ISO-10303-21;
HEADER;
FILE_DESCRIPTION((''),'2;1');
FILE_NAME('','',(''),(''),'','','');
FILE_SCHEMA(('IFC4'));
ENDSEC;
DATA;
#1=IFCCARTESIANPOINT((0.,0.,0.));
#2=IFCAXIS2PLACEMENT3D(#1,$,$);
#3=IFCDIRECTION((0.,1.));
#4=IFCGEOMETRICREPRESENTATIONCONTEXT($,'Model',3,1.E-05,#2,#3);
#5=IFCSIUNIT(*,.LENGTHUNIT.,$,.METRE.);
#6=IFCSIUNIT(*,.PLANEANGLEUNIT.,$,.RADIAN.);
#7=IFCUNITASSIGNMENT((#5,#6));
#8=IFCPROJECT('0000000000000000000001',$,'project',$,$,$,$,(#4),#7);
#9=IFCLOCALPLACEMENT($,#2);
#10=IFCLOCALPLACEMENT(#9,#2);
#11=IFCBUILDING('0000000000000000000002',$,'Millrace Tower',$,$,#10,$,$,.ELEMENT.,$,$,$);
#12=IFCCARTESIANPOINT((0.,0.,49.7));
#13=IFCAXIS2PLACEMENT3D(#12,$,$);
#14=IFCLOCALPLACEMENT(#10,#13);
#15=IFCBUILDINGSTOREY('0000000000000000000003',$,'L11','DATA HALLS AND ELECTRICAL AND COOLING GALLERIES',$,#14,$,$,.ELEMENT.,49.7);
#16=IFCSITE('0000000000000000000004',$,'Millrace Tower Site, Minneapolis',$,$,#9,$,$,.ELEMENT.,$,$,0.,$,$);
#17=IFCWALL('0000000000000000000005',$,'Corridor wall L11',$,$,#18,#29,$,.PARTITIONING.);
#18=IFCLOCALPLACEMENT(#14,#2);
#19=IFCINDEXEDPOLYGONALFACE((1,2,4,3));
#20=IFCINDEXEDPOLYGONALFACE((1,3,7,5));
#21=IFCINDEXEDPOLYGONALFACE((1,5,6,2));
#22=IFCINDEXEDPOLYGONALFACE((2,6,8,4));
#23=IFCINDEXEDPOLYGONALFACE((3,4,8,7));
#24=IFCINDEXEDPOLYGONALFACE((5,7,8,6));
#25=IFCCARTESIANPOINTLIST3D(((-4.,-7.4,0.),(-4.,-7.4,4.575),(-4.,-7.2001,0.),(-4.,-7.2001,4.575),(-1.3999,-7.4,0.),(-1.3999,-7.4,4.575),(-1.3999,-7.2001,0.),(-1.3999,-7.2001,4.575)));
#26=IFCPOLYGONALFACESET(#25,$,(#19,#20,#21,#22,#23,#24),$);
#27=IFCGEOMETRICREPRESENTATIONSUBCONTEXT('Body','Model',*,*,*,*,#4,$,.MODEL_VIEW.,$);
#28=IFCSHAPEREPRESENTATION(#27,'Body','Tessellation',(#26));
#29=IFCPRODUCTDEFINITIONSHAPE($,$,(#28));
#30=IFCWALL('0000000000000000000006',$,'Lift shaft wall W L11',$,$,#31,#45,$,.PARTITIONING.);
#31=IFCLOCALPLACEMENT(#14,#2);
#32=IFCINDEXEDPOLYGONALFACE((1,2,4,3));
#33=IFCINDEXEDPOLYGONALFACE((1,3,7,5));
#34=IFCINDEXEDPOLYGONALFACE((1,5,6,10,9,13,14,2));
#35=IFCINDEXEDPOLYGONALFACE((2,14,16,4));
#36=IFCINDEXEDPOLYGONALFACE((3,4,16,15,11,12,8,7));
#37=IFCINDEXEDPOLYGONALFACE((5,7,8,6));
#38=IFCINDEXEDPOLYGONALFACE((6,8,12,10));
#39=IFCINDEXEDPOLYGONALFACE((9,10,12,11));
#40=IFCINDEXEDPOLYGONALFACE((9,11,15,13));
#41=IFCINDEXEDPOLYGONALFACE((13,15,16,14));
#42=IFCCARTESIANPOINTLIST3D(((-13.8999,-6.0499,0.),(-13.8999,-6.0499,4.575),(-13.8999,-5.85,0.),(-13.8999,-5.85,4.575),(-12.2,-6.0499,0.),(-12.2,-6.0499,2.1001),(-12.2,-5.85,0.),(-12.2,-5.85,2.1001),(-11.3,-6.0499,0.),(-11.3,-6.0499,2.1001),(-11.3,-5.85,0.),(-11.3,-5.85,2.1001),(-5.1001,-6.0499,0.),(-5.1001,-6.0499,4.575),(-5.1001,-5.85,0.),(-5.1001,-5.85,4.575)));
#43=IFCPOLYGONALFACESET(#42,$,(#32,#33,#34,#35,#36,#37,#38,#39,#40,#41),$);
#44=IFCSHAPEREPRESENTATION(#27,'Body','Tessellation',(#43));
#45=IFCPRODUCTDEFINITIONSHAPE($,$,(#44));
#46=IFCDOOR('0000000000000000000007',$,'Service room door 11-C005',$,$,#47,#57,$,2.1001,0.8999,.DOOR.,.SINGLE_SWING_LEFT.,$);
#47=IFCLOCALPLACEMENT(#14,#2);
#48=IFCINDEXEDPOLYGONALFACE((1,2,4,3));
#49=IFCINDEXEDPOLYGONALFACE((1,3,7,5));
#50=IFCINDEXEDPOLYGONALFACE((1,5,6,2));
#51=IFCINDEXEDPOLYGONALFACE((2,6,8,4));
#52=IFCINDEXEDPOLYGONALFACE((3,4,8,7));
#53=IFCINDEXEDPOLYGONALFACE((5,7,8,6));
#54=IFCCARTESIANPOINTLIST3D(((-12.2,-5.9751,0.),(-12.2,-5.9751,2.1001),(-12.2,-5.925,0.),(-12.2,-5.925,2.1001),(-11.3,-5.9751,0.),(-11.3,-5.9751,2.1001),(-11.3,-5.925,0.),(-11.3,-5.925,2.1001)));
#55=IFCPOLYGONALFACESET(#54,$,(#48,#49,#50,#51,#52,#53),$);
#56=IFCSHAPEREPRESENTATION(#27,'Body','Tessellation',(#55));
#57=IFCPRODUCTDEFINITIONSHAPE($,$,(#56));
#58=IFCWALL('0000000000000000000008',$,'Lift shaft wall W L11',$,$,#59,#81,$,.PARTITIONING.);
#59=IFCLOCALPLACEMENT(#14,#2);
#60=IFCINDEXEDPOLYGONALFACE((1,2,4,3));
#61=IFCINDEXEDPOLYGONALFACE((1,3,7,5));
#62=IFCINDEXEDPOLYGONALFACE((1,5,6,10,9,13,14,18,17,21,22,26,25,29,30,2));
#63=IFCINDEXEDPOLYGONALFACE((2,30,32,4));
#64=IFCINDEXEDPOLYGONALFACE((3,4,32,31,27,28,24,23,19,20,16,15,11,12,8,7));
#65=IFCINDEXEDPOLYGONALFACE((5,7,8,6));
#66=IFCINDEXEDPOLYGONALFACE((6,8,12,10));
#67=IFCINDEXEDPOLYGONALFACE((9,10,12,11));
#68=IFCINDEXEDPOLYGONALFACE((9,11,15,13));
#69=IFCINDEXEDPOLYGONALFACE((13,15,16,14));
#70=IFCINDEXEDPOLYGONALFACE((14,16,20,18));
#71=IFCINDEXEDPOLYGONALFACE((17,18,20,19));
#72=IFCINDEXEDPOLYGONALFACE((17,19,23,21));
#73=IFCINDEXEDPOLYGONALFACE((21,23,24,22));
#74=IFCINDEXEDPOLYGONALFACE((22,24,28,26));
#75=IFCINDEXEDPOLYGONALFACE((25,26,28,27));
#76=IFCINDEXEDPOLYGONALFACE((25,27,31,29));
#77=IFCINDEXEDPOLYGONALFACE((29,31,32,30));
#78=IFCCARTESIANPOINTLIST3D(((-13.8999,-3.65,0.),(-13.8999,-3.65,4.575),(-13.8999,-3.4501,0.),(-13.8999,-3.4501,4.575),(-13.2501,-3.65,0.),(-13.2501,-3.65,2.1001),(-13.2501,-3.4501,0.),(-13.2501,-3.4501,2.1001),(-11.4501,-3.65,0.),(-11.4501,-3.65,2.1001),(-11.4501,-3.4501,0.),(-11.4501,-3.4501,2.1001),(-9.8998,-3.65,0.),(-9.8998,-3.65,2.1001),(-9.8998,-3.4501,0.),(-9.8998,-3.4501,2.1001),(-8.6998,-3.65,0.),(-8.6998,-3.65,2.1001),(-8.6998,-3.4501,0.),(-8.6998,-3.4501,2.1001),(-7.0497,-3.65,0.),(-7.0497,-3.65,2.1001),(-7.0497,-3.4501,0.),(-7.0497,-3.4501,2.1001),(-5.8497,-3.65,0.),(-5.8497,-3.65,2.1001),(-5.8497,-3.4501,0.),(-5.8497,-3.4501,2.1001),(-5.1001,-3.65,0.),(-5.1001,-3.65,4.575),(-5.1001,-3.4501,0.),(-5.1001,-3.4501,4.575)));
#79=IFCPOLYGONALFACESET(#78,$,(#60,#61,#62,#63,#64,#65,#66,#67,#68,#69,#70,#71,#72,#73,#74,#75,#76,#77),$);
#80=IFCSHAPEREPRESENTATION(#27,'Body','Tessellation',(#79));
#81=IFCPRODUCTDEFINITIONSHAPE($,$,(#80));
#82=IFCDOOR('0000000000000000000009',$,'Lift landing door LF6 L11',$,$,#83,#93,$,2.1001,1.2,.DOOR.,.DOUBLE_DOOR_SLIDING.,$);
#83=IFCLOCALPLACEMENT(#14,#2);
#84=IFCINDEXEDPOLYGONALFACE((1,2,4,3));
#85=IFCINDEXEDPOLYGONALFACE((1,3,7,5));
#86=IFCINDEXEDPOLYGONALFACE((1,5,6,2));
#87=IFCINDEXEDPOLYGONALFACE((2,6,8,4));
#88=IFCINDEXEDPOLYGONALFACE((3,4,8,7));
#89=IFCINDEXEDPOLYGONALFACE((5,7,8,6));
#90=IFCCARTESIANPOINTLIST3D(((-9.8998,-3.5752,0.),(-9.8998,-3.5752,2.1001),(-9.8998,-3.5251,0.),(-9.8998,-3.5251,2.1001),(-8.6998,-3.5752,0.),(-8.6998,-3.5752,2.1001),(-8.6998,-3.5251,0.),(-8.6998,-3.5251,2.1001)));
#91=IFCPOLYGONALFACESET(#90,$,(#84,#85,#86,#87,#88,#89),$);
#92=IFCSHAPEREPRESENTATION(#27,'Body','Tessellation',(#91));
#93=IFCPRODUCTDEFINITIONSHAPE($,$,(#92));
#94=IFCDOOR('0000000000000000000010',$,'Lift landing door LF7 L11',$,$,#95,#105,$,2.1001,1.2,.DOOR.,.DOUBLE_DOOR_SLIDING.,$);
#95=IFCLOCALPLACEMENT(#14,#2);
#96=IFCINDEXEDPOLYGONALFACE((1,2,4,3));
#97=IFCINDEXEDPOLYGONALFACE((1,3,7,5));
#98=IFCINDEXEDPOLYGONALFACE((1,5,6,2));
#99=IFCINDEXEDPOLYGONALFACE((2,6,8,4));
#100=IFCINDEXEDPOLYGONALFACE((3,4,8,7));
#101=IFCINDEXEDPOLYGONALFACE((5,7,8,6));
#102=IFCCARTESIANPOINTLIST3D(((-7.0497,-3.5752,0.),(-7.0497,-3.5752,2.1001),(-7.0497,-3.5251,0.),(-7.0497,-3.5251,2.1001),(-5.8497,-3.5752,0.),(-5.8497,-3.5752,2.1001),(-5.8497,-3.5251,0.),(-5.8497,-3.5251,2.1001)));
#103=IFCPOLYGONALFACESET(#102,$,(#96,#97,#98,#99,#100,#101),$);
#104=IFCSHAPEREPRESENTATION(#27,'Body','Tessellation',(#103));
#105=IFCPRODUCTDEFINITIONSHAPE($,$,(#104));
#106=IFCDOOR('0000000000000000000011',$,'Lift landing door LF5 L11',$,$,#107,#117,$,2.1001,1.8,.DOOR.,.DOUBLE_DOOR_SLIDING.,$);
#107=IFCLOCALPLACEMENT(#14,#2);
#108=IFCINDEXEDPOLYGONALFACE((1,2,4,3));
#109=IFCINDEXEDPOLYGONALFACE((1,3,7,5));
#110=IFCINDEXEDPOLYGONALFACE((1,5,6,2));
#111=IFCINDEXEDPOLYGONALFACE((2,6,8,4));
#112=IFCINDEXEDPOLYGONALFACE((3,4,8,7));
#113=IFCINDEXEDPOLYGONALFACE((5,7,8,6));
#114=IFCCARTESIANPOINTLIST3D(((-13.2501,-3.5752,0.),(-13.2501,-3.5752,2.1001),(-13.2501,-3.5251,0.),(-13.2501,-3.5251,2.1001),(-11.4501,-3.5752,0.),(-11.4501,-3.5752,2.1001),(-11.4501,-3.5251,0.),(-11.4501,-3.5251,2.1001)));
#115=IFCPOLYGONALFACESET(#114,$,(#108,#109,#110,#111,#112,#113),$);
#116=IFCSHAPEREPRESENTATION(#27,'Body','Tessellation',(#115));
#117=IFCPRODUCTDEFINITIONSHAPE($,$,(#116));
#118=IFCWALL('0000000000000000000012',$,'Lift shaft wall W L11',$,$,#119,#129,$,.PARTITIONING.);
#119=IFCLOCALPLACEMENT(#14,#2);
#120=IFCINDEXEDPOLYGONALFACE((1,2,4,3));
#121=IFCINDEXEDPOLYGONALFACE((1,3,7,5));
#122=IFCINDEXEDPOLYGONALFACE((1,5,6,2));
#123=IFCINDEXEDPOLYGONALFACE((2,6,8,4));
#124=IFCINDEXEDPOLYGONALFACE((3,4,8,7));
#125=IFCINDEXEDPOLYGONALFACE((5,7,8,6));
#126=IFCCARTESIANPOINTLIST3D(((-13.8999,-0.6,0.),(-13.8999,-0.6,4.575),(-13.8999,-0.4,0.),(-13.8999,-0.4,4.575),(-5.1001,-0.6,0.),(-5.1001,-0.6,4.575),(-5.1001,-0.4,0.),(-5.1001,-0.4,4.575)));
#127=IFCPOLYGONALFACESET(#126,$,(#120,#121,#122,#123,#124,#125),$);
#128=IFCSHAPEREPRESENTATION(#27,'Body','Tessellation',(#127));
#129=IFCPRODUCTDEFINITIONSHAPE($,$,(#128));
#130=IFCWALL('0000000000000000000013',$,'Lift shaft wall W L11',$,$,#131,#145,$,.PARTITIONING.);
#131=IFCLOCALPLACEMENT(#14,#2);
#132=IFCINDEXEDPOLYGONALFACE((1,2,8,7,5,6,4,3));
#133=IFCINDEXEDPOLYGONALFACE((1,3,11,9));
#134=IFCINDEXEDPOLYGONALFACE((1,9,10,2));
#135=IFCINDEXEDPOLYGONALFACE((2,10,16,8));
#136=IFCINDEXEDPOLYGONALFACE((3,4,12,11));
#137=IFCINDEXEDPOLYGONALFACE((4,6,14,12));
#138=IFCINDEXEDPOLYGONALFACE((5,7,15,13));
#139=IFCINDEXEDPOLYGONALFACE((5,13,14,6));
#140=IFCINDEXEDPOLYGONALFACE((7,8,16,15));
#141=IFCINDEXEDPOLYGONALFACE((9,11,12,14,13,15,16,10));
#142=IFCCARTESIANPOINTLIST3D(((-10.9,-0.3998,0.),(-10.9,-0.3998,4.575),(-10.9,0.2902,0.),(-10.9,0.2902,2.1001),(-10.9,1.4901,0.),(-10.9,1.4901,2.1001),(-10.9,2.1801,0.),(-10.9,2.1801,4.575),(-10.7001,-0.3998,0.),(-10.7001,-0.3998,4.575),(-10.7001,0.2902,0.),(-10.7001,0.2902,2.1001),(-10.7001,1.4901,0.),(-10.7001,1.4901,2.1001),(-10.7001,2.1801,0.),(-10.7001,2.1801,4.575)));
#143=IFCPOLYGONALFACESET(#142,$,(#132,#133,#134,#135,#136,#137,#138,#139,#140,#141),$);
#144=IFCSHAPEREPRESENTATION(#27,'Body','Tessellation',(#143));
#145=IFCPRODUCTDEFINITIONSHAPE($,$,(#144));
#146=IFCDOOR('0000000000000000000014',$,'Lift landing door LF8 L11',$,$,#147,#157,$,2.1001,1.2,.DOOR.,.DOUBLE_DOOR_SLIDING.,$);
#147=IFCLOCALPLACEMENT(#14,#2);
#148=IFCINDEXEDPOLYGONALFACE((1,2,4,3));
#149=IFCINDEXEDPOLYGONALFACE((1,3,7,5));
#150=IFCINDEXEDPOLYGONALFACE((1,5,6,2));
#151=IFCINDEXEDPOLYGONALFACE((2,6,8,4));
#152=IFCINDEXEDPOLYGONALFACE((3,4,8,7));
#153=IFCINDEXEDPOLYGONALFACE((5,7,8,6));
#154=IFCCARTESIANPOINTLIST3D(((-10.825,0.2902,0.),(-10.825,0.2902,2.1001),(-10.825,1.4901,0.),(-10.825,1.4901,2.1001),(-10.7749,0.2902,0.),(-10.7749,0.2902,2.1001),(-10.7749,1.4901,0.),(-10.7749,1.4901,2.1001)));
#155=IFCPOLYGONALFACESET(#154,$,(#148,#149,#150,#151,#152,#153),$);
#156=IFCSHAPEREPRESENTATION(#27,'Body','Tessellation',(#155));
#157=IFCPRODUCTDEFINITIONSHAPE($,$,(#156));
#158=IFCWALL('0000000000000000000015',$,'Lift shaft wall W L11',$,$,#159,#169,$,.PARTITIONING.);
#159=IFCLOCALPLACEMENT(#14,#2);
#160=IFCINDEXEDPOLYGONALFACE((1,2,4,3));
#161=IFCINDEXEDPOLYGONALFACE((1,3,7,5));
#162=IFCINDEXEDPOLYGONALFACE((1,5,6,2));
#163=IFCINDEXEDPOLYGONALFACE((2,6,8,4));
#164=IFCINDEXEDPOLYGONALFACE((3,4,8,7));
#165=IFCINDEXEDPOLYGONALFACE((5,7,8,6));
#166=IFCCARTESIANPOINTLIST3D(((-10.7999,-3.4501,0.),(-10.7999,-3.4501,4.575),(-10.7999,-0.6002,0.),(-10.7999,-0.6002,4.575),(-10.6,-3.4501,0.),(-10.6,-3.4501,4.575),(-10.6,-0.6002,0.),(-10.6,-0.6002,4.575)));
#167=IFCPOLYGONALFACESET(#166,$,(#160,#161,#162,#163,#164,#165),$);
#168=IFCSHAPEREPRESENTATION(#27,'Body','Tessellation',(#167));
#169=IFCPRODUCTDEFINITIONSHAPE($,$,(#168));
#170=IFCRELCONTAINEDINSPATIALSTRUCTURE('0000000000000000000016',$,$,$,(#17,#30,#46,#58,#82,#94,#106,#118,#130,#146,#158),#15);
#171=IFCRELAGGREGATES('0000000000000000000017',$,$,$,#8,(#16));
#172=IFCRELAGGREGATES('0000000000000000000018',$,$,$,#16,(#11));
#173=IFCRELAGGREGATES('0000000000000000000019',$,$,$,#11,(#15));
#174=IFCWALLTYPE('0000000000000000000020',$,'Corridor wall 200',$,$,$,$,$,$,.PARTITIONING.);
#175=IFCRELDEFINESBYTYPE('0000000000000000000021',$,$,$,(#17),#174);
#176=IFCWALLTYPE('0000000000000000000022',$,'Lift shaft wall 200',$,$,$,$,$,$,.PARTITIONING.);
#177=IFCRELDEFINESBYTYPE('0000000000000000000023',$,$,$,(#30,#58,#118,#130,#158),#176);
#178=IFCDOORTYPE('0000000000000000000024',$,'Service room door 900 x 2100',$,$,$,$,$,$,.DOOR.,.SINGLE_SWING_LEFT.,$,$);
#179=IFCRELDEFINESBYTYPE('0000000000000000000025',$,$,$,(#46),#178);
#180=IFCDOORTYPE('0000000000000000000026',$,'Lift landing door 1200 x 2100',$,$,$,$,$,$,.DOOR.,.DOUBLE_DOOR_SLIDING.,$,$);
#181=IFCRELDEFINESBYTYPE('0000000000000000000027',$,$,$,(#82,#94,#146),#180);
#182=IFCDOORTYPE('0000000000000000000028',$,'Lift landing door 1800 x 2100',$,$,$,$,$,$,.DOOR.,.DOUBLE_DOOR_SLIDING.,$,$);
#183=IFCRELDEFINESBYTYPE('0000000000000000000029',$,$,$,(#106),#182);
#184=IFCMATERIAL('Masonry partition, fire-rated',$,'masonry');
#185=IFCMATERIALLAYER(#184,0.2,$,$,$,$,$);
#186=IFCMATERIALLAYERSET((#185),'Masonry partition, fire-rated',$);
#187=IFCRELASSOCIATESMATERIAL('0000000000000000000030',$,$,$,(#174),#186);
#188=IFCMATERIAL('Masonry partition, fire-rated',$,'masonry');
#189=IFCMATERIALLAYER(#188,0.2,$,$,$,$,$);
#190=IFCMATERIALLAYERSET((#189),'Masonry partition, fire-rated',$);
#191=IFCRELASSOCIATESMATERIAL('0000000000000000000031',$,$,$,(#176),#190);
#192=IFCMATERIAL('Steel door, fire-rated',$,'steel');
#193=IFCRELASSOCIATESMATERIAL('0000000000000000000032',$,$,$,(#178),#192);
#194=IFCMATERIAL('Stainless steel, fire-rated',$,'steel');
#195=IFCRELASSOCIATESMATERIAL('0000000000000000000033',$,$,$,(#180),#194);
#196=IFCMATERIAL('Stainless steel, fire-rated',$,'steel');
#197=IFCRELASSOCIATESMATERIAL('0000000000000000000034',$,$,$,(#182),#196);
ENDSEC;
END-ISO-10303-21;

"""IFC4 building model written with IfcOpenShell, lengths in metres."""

from ifc_helpers import new_model, si_unit, direction, frame, frame_2d, origin, place, context, subcontext, project, spatial, rectangle, extrude, material, layer, layer_set, type_object, element, fill, save


model = new_model("IFC4")

# Units and contexts
model_context = context("Model", 3, precision=1e-05, world=origin(), true_north=direction((0.0, 1.0)))
body_context = subcontext(model_context, "Body", "Model", "MODEL_VIEW")
ifc_project = project(units=[si_unit("LENGTHUNIT", "METRE"), si_unit("PLANEANGLEUNIT", "RADIAN")], contexts=[model_context])

# Site, building, storey
site_placement = place(None, origin())
site = spatial("IfcSite", under=ifc_project, at=site_placement, Name="Millrace Tower Site, Minneapolis", CompositionType="ELEMENT", RefElevation=0.0)
building_placement = place(site_placement, origin())
building = spatial("IfcBuilding", under=site, at=building_placement, Name="Millrace Tower", CompositionType="ELEMENT")
storey_placement = place(building_placement, frame((0.0, 0.0, 49.7)))
storey = spatial("IfcBuildingStorey", under=building, at=storey_placement, Name="L11", Description="DATA HALLS AND ELECTRICAL AND COOLING GALLERIES", CompositionType="ELEMENT", Elevation=49.7)

# Wall
ifc_material_1 = material(Name="Masonry partition, fire-rated", Category="masonry")
ifc_layer_1 = layer(ifc_material_1, 0.2)
ifc_layer_set_1 = layer_set([ifc_layer_1], Name="Masonry partition, fire-rated")
wall_type_1 = type_object("IfcWallType", Name="Corridor wall 200", PredefinedType="PARTITIONING", material=ifc_layer_set_1)
wall_1_placement = place(storey_placement, frame((-4.0, -7.3, 0.0), z_axis=(0.0, 0.0, 1.0), x_axis=(1.0, 0.0, 0.0)))
element("IfcWall", 1, at=wall_1_placement, inside=storey, type_object=wall_type_1, Name="Corridor wall L11", PredefinedType="PARTITIONING", context=body_context, shape_type="SweptSolid", body=[
    extrude(rectangle(XDim=2.6001, YDim=0.2, at=frame_2d((1.3, 0.0))), origin(), (0.0, 0.0, 1.0), 4.575),
])

# Wall, opening, door
ifc_material_2 = material(Name="Masonry partition, fire-rated", Category="masonry")
ifc_layer_2 = layer(ifc_material_2, 0.2)
ifc_layer_set_2 = layer_set([ifc_layer_2], Name="Masonry partition, fire-rated")
wall_type_2 = type_object("IfcWallType", Name="Lift shaft wall 200", PredefinedType="PARTITIONING", material=ifc_layer_set_2)
wall_2_placement = place(storey_placement, frame((-13.8999, -5.95, 0.0), z_axis=(0.0, 0.0, 1.0), x_axis=(1.0, 0.0, 0.0)))
wall_2 = element("IfcWall", 2, at=wall_2_placement, inside=storey, type_object=wall_type_2, Name="Lift shaft wall W L11", PredefinedType="PARTITIONING", context=body_context, shape_type="SweptSolid", body=[
    extrude(rectangle(XDim=8.7998, YDim=0.2, at=frame_2d((4.3999, 0.0))), origin(), (0.0, 0.0, 1.0), 4.575),
])
opening_1_placement = place(wall_2_placement, frame((1.7, 0.0, 0.0)))
opening_1 = element("IfcOpeningElement", 3, at=opening_1_placement, cuts=wall_2, PredefinedType="OPENING", context=body_context, shape_type="SweptSolid", body=[
    extrude(rectangle(XDim=0.8999, YDim=2.1001, at=frame_2d((0.45, 1.05))), frame((0.0, 0.1099, 0.0), z_axis=(0.0, -1.0, 0.0), x_axis=(1.0, 0.0, 0.0)), (0.0, 0.0, 1.0), 0.22),
])
ifc_material_3 = material(Name="Steel door, fire-rated", Category="steel")
door_type_1 = type_object("IfcDoorType", Name="Service room door 900 x 2100", OperationType="SINGLE_SWING_LEFT", PredefinedType="DOOR", material=ifc_material_3)
door_1_placement = place(opening_1_placement, origin())
door_1 = element("IfcDoor", 4, at=door_1_placement, inside=storey, type_object=door_type_1, Name="Service room door 11-C005", OperationType="SINGLE_SWING_LEFT", OverallHeight=2.1001, OverallWidth=0.8999, PredefinedType="DOOR", context=body_context, shape_type="SweptSolid", body=[
    extrude(rectangle(XDim=0.8999, YDim=2.1001, at=frame_2d((0.45, 1.05))), frame((0.0, 0.0249, 0.0), z_axis=(0.0, -1.0, 0.0), x_axis=(1.0, 0.0, 0.0)), (0.0, 0.0, 1.0), 0.05),
])
fill(opening_1, door_1)

# Wall, openings, doors
wall_3_placement = place(storey_placement, frame((-13.8999, -3.55, 0.0), z_axis=(0.0, 0.0, 1.0), x_axis=(1.0, 0.0, 0.0)))
wall_3 = element("IfcWall", 5, at=wall_3_placement, inside=storey, type_object=wall_type_2, Name="Lift shaft wall W L11", PredefinedType="PARTITIONING", context=body_context, shape_type="SweptSolid", body=[
    extrude(rectangle(XDim=8.7998, YDim=0.2, at=frame_2d((4.3999, 0.0))), origin(), (0.0, 0.0, 1.0), 4.575),
])
opening_2_placement = place(wall_3_placement, frame((0.6499, 0.0, 0.0)))
opening_2 = element("IfcOpeningElement", 6, at=opening_2_placement, cuts=wall_3, PredefinedType="OPENING", context=body_context, shape_type="SweptSolid", body=[
    extrude(rectangle(XDim=1.8, YDim=2.1001, at=frame_2d((0.8999, 1.05))), frame((0.0, 0.1099, 0.0), z_axis=(0.0, -1.0, 0.0), x_axis=(1.0, 0.0, 0.0)), (0.0, 0.0, 1.0), 0.22),
])
opening_3_placement = place(wall_3_placement, frame((4.0, 0.0, 0.0)))
opening_3 = element("IfcOpeningElement", 7, at=opening_3_placement, cuts=wall_3, PredefinedType="OPENING", context=body_context, shape_type="SweptSolid", body=[
    extrude(rectangle(XDim=1.2, YDim=2.1001, at=frame_2d((0.6001, 1.05))), frame((0.0, 0.1099, 0.0), z_axis=(0.0, -1.0, 0.0), x_axis=(1.0, 0.0, 0.0)), (0.0, 0.0, 1.0), 0.22),
])
opening_4_placement = place(wall_3_placement, frame((6.8501, 0.0, 0.0)))
opening_4 = element("IfcOpeningElement", 8, at=opening_4_placement, cuts=wall_3, PredefinedType="OPENING", context=body_context, shape_type="SweptSolid", body=[
    extrude(rectangle(XDim=1.2, YDim=2.1001, at=frame_2d((0.6001, 1.05))), frame((0.0, 0.1099, 0.0), z_axis=(0.0, -1.0, 0.0), x_axis=(1.0, 0.0, 0.0)), (0.0, 0.0, 1.0), 0.22),
])
ifc_material_4 = material(Name="Stainless steel, fire-rated", Category="steel")
door_type_2 = type_object("IfcDoorType", Name="Lift landing door 1200 x 2100", OperationType="DOUBLE_DOOR_SLIDING", PredefinedType="DOOR", material=ifc_material_4)
door_2_placement = place(opening_3_placement, origin())
door_2 = element("IfcDoor", 9, at=door_2_placement, inside=storey, type_object=door_type_2, Name="Lift landing door LF6 L11", OperationType="DOUBLE_DOOR_SLIDING", OverallHeight=2.1001, OverallWidth=1.2, PredefinedType="DOOR", context=body_context, shape_type="SweptSolid", body=[
    extrude(rectangle(XDim=1.2, YDim=2.1001, at=frame_2d((0.6001, 1.05))), frame((0.0, 0.0249, 0.0), z_axis=(0.0, -1.0, 0.0), x_axis=(1.0, 0.0, 0.0)), (0.0, 0.0, 1.0), 0.05),
])
fill(opening_3, door_2)
door_3_placement = place(opening_4_placement, origin())
door_3 = element("IfcDoor", 10, at=door_3_placement, inside=storey, type_object=door_type_2, Name="Lift landing door LF7 L11", OperationType="DOUBLE_DOOR_SLIDING", OverallHeight=2.1001, OverallWidth=1.2, PredefinedType="DOOR", context=body_context, shape_type="SweptSolid", body=[
    extrude(rectangle(XDim=1.2, YDim=2.1001, at=frame_2d((0.6001, 1.05))), frame((0.0, 0.0249, 0.0), z_axis=(0.0, -1.0, 0.0), x_axis=(1.0, 0.0, 0.0)), (0.0, 0.0, 1.0), 0.05),
])
fill(opening_4, door_3)
ifc_material_5 = material(Name="Stainless steel, fire-rated", Category="steel")
door_type_3 = type_object("IfcDoorType", Name="Lift landing door 1800 x 2100", OperationType="DOUBLE_DOOR_SLIDING", PredefinedType="DOOR", material=ifc_material_5)
door_4_placement = place(opening_2_placement, origin())
door_4 = element("IfcDoor", 11, at=door_4_placement, inside=storey, type_object=door_type_3, Name="Lift landing door LF5 L11", OperationType="DOUBLE_DOOR_SLIDING", OverallHeight=2.1001, OverallWidth=1.8, PredefinedType="DOOR", context=body_context, shape_type="SweptSolid", body=[
    extrude(rectangle(XDim=1.8, YDim=2.1001, at=frame_2d((0.8999, 1.05))), frame((0.0, 0.0249, 0.0), z_axis=(0.0, -1.0, 0.0), x_axis=(1.0, 0.0, 0.0)), (0.0, 0.0, 1.0), 0.05),
])
fill(opening_2, door_4)

# Wall
wall_4_placement = place(storey_placement, frame((-13.8999, -0.5, 0.0), z_axis=(0.0, 0.0, 1.0), x_axis=(1.0, 0.0, 0.0)))
element("IfcWall", 12, at=wall_4_placement, inside=storey, type_object=wall_type_2, Name="Lift shaft wall W L11", PredefinedType="PARTITIONING", context=body_context, shape_type="SweptSolid", body=[
    extrude(rectangle(XDim=8.7998, YDim=0.2, at=frame_2d((4.3999, 0.0))), origin(), (0.0, 0.0, 1.0), 4.575),
])

# Wall, opening, door
wall_5_placement = place(storey_placement, frame((-10.8, -0.3999, 0.0), z_axis=(0.0, 0.0, 1.0), x_axis=(0.0, 1.0, 0.0)))
wall_5 = element("IfcWall", 13, at=wall_5_placement, inside=storey, type_object=wall_type_2, Name="Lift shaft wall W L11", PredefinedType="PARTITIONING", context=body_context, shape_type="SweptSolid", body=[
    extrude(rectangle(XDim=2.5798, YDim=0.2, at=frame_2d((1.29, 0.0))), origin(), (0.0, 0.0, 1.0), 4.575),
])
opening_5_placement = place(wall_5_placement, frame((0.6899, 0.0, 0.0)))
opening_5 = element("IfcOpeningElement", 14, at=opening_5_placement, cuts=wall_5, PredefinedType="OPENING", context=body_context, shape_type="SweptSolid", body=[
    extrude(rectangle(XDim=1.2, YDim=2.1001, at=frame_2d((0.6001, 1.05))), frame((0.0, 0.1099, 0.0), z_axis=(0.0, -1.0, 0.0), x_axis=(1.0, 0.0, 0.0)), (0.0, 0.0, 1.0), 0.22),
])
door_5_placement = place(opening_5_placement, origin())
door_5 = element("IfcDoor", 15, at=door_5_placement, inside=storey, type_object=door_type_2, Name="Lift landing door LF8 L11", OperationType="DOUBLE_DOOR_SLIDING", OverallHeight=2.1001, OverallWidth=1.2, PredefinedType="DOOR", context=body_context, shape_type="SweptSolid", body=[
    extrude(rectangle(XDim=1.2, YDim=2.1001, at=frame_2d((0.6001, 1.05))), frame((0.0, 0.0249, 0.0), z_axis=(0.0, -1.0, 0.0), x_axis=(1.0, 0.0, 0.0)), (0.0, 0.0, 1.0), 0.05),
])
fill(opening_5, door_5)

# Wall
for number, where, z_axis, x_axis, name in (
    (16, (-10.7, -3.45, 0.0), (0.0, 0.0, 1.0), (0.0, 1.0, 0.0), "Lift shaft wall W L11"),
):
    element("IfcWall", number, at=place(storey_placement, frame(where, z_axis=z_axis, x_axis=x_axis)), inside=storey, type_object=wall_type_2, Name=name, PredefinedType="PARTITIONING", context=body_context, shape_type="SweptSolid", body=[
        extrude(rectangle(XDim=2.8499, YDim=0.2, at=frame_2d((1.4248, 0.0))), origin(), (0.0, 0.0, 1.0), 4.575),
    ])

save(model, "model.ifc")
